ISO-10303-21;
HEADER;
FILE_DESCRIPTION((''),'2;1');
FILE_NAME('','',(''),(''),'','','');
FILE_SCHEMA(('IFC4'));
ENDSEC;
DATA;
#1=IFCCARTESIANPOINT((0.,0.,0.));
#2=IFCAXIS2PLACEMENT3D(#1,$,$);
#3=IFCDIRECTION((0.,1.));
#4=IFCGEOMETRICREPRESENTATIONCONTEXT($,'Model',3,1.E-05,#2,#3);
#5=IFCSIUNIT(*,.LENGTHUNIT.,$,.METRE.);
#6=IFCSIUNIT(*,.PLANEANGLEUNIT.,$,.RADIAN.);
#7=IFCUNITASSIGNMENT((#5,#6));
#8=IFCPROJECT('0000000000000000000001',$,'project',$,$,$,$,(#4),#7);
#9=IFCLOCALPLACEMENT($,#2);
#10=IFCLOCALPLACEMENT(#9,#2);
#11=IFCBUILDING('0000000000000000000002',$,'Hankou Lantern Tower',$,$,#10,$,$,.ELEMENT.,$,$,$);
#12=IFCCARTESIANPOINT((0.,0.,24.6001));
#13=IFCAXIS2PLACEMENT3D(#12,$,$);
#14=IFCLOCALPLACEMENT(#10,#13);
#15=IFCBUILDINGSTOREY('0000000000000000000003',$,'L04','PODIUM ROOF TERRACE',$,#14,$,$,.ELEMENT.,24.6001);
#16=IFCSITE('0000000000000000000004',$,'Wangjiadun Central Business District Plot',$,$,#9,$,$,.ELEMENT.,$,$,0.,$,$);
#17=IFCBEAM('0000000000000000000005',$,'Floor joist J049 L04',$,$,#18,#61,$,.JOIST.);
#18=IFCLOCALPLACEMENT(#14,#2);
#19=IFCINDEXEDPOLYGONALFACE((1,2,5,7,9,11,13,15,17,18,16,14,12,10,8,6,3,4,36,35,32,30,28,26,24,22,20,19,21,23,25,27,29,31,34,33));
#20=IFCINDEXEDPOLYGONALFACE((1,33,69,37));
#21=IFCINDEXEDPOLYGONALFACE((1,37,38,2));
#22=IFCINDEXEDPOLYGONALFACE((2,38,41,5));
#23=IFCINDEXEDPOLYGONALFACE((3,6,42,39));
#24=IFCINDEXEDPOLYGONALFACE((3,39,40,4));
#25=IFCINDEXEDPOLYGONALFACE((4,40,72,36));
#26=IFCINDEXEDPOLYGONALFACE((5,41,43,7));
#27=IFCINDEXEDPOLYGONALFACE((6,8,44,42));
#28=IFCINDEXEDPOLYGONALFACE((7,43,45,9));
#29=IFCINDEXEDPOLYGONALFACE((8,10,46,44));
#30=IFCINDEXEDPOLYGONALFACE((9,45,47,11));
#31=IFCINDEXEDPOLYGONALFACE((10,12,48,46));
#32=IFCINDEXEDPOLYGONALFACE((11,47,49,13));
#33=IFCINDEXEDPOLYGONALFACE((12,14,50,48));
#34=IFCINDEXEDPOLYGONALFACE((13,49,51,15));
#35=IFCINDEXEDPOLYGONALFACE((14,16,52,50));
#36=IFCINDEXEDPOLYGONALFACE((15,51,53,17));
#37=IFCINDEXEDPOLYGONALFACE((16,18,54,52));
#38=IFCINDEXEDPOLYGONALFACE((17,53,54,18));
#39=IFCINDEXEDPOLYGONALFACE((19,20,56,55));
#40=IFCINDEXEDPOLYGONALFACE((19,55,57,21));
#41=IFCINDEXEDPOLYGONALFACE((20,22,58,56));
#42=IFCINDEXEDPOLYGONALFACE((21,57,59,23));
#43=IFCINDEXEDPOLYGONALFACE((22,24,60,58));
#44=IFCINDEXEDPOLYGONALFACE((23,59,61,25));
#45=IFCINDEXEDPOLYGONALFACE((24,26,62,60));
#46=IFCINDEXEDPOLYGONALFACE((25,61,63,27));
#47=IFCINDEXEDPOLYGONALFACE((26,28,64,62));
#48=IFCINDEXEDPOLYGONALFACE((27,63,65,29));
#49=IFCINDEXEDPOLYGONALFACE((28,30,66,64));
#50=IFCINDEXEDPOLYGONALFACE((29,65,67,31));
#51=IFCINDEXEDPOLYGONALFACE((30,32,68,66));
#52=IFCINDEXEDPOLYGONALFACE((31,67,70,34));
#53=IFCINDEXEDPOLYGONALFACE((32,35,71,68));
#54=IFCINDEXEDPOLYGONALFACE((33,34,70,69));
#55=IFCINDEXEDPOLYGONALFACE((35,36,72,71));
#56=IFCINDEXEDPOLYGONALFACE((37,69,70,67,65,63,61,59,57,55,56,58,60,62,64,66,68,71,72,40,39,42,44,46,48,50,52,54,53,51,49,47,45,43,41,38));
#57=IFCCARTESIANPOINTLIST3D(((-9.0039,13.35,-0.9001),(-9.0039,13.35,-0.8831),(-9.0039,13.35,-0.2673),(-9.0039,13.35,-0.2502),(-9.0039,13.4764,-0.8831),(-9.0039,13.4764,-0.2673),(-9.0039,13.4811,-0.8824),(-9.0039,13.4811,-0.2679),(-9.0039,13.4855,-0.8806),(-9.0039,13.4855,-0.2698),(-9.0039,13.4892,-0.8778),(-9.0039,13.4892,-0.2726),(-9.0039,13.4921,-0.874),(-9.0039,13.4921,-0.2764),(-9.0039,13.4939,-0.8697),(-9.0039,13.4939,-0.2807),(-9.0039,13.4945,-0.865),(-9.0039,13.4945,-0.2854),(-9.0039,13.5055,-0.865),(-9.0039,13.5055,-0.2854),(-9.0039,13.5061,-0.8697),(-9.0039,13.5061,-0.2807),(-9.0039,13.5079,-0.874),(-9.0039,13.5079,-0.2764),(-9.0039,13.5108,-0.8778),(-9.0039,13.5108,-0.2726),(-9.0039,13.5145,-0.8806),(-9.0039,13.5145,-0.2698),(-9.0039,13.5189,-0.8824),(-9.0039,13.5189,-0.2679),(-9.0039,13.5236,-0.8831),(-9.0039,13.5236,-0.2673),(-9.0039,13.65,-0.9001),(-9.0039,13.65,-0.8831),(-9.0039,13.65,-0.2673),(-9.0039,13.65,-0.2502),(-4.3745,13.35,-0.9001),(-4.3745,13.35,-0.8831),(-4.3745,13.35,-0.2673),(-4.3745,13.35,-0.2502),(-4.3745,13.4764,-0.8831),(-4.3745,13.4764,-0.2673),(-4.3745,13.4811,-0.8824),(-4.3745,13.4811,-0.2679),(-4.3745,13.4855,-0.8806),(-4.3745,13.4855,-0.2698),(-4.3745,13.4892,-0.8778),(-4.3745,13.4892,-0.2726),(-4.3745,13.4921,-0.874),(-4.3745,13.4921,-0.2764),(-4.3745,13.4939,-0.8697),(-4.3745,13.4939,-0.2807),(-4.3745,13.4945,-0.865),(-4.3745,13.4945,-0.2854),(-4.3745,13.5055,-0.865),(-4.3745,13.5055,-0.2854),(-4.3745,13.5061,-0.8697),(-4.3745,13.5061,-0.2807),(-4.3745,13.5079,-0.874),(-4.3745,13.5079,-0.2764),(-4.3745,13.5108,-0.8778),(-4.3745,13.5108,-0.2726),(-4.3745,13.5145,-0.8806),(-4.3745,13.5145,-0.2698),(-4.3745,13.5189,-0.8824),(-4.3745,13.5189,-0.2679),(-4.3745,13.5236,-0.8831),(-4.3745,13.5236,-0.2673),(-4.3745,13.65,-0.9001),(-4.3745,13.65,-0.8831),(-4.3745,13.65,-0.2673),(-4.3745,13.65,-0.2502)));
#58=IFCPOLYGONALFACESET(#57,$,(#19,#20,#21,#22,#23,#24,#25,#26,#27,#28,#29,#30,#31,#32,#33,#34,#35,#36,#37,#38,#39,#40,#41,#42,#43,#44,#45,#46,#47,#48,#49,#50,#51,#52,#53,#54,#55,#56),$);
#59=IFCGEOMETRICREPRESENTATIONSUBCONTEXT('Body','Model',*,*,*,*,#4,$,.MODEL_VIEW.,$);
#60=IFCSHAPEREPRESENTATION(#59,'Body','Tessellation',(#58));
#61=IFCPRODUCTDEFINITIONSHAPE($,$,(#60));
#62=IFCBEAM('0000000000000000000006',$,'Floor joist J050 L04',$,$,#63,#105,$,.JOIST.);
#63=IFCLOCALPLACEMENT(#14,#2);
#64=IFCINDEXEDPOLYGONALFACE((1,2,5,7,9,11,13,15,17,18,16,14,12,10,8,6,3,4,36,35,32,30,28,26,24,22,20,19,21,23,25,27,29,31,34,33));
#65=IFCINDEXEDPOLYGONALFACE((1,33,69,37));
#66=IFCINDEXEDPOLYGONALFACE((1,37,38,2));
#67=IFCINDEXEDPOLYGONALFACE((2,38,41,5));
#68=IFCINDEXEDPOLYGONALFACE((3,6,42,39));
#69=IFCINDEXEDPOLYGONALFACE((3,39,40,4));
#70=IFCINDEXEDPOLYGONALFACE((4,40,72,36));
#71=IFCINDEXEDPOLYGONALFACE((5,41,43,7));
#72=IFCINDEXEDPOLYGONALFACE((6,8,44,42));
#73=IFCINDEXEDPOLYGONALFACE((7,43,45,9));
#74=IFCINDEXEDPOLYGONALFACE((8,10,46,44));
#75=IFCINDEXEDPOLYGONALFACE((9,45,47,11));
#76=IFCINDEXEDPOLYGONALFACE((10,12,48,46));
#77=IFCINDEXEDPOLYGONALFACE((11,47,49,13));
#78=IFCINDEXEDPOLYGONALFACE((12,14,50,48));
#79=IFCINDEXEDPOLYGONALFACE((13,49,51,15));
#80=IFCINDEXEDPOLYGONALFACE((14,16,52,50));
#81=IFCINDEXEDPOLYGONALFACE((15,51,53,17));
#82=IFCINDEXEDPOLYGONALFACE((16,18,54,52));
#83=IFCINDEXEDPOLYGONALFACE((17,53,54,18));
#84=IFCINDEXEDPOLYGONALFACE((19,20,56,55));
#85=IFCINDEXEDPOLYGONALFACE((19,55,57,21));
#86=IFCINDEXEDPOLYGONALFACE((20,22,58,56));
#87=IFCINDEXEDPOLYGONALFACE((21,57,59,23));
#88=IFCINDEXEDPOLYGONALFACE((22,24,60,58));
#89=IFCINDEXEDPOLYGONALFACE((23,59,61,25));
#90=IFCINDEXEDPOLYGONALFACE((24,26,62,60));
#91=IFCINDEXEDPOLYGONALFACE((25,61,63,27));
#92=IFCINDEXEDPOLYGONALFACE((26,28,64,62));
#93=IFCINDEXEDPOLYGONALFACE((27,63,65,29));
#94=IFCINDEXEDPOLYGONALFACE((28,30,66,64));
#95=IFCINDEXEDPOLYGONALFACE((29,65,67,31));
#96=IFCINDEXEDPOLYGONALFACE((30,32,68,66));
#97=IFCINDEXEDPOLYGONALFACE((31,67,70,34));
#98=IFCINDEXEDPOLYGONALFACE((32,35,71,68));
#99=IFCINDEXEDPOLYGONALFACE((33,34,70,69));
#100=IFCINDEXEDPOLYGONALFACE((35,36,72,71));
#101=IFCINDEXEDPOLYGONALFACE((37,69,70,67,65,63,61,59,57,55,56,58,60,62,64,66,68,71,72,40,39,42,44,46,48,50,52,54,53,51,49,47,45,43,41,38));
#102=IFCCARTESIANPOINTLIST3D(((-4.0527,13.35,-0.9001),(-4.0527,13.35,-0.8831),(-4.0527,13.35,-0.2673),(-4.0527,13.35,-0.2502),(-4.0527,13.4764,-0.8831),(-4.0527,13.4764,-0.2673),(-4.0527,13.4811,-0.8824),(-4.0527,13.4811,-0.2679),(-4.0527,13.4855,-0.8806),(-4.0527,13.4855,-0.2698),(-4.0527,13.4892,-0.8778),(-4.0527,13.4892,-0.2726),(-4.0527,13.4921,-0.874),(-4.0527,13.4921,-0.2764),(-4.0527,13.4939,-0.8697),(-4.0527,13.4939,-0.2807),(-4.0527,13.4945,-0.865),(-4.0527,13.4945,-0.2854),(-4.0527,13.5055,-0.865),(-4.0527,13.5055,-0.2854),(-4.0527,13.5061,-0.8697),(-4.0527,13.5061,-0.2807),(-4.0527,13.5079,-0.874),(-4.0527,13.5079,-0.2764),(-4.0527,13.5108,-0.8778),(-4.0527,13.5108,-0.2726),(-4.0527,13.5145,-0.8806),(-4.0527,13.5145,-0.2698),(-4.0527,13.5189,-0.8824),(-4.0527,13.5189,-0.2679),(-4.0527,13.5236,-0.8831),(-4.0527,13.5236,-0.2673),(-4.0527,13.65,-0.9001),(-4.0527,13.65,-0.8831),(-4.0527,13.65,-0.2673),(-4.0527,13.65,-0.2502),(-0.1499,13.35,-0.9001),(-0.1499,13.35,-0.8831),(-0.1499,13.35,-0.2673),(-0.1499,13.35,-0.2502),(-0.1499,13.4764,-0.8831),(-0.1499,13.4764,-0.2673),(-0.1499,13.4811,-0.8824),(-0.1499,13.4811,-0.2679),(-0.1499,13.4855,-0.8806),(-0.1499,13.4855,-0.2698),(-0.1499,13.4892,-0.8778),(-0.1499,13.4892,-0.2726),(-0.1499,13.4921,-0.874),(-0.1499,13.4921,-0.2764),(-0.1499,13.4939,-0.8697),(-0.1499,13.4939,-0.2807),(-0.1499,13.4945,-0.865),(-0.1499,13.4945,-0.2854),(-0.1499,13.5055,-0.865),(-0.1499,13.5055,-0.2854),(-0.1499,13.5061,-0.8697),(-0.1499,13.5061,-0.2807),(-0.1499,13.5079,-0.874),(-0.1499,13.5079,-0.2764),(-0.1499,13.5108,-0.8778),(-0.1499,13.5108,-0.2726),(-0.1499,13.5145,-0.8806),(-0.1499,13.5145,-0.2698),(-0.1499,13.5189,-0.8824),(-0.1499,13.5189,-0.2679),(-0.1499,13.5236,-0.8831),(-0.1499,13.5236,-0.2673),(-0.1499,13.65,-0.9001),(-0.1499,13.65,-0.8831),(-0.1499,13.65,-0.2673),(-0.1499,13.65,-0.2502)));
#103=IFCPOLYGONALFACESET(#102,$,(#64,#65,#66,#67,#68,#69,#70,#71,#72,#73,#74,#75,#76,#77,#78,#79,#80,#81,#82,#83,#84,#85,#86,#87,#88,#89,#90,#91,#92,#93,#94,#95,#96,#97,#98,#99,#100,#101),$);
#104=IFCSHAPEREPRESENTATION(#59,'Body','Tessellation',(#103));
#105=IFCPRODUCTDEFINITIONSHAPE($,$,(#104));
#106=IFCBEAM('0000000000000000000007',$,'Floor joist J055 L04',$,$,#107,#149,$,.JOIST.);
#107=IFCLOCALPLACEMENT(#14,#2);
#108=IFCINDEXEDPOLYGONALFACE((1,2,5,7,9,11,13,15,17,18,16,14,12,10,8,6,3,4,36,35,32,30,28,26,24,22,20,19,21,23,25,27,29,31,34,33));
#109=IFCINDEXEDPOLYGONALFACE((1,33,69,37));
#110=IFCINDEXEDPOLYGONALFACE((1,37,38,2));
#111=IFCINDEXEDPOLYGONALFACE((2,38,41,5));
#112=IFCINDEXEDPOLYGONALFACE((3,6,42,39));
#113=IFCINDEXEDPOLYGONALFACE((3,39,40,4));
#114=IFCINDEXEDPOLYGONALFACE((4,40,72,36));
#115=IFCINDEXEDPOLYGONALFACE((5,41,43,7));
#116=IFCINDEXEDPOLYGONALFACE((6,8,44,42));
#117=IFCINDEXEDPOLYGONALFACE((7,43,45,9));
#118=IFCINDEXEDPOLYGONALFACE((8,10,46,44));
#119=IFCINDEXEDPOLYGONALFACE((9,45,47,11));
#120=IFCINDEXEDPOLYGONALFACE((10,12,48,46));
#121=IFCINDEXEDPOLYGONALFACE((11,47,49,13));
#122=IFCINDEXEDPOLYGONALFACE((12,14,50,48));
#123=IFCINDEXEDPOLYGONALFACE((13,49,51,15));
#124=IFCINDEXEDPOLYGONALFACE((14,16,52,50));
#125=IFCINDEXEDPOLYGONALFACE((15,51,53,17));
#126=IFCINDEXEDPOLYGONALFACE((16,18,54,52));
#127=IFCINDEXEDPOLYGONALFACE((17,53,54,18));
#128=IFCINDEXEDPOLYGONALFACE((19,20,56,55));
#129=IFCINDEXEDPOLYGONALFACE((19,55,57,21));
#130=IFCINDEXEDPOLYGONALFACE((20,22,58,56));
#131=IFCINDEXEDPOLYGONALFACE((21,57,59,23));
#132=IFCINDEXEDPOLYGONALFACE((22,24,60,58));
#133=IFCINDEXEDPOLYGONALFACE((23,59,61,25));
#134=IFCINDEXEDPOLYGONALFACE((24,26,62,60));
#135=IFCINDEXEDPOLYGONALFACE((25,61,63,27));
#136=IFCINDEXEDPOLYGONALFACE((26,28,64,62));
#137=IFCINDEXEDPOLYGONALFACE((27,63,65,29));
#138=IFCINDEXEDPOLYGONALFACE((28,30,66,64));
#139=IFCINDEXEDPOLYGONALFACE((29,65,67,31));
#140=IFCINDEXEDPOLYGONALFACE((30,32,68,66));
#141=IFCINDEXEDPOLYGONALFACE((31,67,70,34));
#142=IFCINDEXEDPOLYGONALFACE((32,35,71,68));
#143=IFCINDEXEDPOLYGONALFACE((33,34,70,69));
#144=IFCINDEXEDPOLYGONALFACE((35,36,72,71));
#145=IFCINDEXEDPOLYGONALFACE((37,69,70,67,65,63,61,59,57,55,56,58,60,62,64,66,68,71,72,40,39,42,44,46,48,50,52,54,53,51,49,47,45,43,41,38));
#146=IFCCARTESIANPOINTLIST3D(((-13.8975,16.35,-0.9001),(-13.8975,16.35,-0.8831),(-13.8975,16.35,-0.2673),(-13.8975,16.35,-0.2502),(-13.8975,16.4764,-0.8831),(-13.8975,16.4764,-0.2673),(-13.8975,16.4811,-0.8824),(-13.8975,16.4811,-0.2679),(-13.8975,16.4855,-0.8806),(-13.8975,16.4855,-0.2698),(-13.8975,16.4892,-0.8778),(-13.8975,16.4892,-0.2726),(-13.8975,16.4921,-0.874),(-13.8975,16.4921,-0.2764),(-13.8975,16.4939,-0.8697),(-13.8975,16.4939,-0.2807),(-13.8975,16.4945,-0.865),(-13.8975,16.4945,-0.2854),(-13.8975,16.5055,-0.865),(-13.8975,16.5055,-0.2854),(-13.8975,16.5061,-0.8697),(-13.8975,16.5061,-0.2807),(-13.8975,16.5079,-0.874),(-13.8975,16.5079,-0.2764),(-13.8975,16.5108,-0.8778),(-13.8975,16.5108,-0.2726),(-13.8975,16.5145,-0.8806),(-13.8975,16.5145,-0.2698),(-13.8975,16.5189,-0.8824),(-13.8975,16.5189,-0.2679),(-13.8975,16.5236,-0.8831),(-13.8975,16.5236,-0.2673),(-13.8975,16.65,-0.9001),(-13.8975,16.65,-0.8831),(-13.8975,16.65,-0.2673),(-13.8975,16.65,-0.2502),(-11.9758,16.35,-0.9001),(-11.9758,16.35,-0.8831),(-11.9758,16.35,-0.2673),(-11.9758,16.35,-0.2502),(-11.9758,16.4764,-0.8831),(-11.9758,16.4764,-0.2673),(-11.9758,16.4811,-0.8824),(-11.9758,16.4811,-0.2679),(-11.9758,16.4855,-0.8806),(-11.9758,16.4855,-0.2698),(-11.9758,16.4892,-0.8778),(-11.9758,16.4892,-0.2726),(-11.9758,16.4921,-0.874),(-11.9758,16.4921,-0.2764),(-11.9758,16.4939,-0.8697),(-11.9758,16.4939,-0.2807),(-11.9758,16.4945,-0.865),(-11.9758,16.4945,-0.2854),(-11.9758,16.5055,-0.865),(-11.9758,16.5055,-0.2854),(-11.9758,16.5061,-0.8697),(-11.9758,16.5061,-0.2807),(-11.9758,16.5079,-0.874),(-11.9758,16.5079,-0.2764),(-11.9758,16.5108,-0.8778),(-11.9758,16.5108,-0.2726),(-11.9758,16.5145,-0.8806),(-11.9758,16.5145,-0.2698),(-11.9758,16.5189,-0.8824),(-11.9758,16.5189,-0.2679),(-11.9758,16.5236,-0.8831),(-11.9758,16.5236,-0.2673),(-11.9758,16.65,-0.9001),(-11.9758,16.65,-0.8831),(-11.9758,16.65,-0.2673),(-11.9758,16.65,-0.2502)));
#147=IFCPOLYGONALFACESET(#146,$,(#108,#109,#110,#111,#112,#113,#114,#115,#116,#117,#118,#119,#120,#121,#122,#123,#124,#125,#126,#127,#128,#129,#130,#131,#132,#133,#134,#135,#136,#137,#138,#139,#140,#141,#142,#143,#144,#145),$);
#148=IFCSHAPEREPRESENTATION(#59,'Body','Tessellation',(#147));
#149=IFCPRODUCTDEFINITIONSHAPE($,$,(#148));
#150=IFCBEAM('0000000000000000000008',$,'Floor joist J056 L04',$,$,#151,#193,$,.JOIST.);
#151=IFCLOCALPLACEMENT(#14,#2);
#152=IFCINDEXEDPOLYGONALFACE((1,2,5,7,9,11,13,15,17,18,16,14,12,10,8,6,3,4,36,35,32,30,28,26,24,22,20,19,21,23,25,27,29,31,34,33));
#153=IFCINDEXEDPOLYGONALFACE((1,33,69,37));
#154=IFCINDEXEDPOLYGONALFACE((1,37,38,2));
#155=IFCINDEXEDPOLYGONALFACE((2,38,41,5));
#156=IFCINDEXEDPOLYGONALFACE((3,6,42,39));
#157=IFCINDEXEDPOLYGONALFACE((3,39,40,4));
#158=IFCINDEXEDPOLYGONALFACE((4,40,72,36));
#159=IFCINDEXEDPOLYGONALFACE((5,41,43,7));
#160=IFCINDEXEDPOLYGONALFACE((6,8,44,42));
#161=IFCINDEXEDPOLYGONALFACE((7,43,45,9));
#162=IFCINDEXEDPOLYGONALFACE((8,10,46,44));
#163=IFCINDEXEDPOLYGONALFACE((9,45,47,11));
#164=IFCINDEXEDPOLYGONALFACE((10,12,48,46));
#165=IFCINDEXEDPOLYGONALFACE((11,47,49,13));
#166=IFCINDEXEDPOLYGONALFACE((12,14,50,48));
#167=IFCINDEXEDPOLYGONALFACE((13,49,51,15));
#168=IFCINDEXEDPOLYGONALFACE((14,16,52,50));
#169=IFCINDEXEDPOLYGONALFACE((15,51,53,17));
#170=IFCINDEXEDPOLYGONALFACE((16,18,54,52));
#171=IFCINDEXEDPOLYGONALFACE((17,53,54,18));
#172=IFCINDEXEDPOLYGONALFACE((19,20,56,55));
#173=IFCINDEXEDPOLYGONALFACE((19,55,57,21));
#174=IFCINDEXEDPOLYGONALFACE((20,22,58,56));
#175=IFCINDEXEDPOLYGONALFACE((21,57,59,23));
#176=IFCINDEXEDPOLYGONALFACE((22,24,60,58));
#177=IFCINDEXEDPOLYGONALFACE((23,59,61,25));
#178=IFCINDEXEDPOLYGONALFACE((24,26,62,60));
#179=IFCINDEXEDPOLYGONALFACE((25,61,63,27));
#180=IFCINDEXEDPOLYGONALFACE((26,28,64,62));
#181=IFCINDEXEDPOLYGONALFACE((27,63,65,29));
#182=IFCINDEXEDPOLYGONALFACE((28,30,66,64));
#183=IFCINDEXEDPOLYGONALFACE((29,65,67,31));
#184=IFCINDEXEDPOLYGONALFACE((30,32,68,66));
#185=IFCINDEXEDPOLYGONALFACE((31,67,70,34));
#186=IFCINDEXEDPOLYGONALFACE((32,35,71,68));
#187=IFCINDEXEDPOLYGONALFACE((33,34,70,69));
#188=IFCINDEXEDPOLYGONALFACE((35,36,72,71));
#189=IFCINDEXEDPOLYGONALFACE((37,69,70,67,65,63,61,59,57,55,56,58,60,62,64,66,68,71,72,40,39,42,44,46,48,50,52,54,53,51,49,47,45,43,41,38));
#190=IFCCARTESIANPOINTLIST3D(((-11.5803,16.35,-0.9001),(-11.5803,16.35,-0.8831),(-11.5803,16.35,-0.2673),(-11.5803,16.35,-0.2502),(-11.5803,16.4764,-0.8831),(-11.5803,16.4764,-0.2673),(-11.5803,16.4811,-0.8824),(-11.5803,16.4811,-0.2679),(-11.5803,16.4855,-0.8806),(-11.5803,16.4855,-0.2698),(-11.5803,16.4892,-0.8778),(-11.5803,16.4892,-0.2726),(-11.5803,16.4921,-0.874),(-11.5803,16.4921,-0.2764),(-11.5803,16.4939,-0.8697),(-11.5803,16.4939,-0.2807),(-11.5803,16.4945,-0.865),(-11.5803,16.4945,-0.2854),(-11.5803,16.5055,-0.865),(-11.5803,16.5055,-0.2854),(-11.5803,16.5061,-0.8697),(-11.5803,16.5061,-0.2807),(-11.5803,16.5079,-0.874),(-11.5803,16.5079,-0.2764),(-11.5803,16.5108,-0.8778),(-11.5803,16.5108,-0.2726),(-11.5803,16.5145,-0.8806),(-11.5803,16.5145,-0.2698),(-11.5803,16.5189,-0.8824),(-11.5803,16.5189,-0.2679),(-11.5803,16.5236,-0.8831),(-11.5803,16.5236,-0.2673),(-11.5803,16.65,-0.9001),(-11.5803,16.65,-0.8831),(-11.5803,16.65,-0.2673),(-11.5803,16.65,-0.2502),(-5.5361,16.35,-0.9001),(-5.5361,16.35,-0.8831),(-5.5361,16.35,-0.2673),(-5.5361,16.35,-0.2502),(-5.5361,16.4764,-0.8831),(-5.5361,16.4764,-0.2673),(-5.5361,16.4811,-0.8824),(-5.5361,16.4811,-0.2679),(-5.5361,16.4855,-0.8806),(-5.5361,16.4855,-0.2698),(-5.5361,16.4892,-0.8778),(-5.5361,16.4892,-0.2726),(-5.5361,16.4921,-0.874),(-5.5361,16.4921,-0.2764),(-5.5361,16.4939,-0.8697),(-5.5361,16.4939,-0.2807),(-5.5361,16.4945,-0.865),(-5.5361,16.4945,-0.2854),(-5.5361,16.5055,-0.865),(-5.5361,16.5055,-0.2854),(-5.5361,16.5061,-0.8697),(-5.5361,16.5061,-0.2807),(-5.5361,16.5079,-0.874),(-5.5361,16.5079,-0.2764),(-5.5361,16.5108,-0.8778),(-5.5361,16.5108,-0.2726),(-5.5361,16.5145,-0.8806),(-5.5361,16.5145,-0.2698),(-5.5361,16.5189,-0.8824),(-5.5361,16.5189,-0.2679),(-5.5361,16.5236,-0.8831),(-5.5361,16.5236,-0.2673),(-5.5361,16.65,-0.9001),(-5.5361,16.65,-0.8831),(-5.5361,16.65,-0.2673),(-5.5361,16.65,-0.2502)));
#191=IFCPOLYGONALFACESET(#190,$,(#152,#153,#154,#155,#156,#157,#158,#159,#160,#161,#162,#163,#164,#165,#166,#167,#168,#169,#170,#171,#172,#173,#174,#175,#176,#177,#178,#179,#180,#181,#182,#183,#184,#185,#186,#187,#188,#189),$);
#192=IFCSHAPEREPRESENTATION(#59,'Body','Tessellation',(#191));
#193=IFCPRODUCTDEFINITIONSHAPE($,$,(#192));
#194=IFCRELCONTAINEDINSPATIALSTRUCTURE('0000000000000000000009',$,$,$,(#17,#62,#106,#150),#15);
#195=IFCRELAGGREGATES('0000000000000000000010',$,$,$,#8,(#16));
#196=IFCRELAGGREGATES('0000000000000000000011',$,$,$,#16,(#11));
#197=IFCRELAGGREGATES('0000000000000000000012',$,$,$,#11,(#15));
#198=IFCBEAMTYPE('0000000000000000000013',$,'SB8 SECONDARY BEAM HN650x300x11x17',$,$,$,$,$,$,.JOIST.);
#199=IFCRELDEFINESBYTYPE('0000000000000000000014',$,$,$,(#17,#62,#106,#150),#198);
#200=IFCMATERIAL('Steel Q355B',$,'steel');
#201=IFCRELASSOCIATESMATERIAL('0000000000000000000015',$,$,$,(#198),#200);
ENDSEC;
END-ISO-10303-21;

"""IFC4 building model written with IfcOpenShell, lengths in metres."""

from ifc_helpers import new_model, si_unit, direction, frame, origin, origin_2d, place, context, subcontext, project, spatial, i_section, extrude, material, material_profile, profile_set, type_object, element, save


model = new_model("IFC4")

# Units and contexts
model_context = context("Model", 3, precision=1e-05, world=origin(), true_north=direction((0.0, 1.0)))
body_context = subcontext(model_context, "Body", "Model", "MODEL_VIEW")
ifc_project = project(units=[si_unit("LENGTHUNIT", "METRE"), si_unit("PLANEANGLEUNIT", "RADIAN")], contexts=[model_context])

# Site, building, storey
site_placement = place(None, origin())
site = spatial("IfcSite", under=ifc_project, at=site_placement, Name="Wangjiadun Central Business District Plot", CompositionType="ELEMENT", RefElevation=0.0)
building_placement = place(site_placement, origin())
building = spatial("IfcBuilding", under=site, at=building_placement, Name="Hankou Lantern Tower", CompositionType="ELEMENT")
storey_placement = place(building_placement, frame((0.0, 0.0, 24.6001)))
storey = spatial("IfcBuildingStorey", under=building, at=storey_placement, Name="L04", Description="PODIUM ROOF TERRACE", CompositionType="ELEMENT", Elevation=24.6001)

# Beams
ifc_material_1 = material(Name="Steel Q355B", Category="steel")
ifc_material_profile_1 = material_profile(ifc_material_1, i_section(OverallWidth=0.3, OverallDepth=0.6499, WebThickness=0.011, FlangeThickness=0.0171, FilletRadius=0.0181, at=origin_2d()), Name="HN650x300x11x17")
ifc_profile_set_1 = profile_set([ifc_material_profile_1], Name="Steel Q355B")
beam_type_1 = type_object("IfcBeamType", Name="SB8 SECONDARY BEAM HN650x300x11x17", PredefinedType="JOIST", material=ifc_profile_set_1)
beam_1_placement = place(storey_placement, frame((-9.0039, 13.5, -0.5752), z_axis=(1.0, 0.0, 0.0), x_axis=(0.0, 1.0, 0.0)))
element("IfcBeam", 1, at=beam_1_placement, inside=storey, type_object=beam_type_1, Name="Floor joist J049 L04", PredefinedType="JOIST", context=body_context, shape_type="SweptSolid", body=[
    extrude(i_section(OverallWidth=0.3, OverallDepth=0.6499, WebThickness=0.011, FlangeThickness=0.0171, FilletRadius=0.0181, at=origin_2d()), origin(), (0.0, 0.0, 1.0), 4.6294),
])
beam_2_placement = place(storey_placement, frame((-4.0527, 13.5, -0.5752), z_axis=(1.0, 0.0, 0.0), x_axis=(0.0, 1.0, 0.0)))
element("IfcBeam", 2, at=beam_2_placement, inside=storey, type_object=beam_type_1, Name="Floor joist J050 L04", PredefinedType="JOIST", context=body_context, shape_type="SweptSolid", body=[
    extrude(i_section(OverallWidth=0.3, OverallDepth=0.6499, WebThickness=0.011, FlangeThickness=0.0171, FilletRadius=0.0181, at=origin_2d()), origin(), (0.0, 0.0, 1.0), 3.9028),
])
beam_3_placement = place(storey_placement, frame((-13.8975, 16.5, -0.5752), z_axis=(1.0, 0.0, 0.0), x_axis=(0.0, 1.0, 0.0)))
element("IfcBeam", 3, at=beam_3_placement, inside=storey, type_object=beam_type_1, Name="Floor joist J055 L04", PredefinedType="JOIST", context=body_context, shape_type="SweptSolid", body=[
    extrude(i_section(OverallWidth=0.3, OverallDepth=0.6499, WebThickness=0.011, FlangeThickness=0.0171, FilletRadius=0.0181, at=origin_2d()), origin(), (0.0, 0.0, 1.0), 1.9216),
])
beam_4_placement = place(storey_placement, frame((-11.5803, 16.5, -0.5752), z_axis=(1.0, 0.0, 0.0), x_axis=(0.0, 1.0, 0.0)))
element("IfcBeam", 4, at=beam_4_placement, inside=storey, type_object=beam_type_1, Name="Floor joist J056 L04", PredefinedType="JOIST", context=body_context, shape_type="SweptSolid", body=[
    extrude(i_section(OverallWidth=0.3, OverallDepth=0.6499, WebThickness=0.011, FlangeThickness=0.0171, FilletRadius=0.0181, at=origin_2d()), origin(), (0.0, 0.0, 1.0), 6.0442),
])

save(model, "model.ifc")
